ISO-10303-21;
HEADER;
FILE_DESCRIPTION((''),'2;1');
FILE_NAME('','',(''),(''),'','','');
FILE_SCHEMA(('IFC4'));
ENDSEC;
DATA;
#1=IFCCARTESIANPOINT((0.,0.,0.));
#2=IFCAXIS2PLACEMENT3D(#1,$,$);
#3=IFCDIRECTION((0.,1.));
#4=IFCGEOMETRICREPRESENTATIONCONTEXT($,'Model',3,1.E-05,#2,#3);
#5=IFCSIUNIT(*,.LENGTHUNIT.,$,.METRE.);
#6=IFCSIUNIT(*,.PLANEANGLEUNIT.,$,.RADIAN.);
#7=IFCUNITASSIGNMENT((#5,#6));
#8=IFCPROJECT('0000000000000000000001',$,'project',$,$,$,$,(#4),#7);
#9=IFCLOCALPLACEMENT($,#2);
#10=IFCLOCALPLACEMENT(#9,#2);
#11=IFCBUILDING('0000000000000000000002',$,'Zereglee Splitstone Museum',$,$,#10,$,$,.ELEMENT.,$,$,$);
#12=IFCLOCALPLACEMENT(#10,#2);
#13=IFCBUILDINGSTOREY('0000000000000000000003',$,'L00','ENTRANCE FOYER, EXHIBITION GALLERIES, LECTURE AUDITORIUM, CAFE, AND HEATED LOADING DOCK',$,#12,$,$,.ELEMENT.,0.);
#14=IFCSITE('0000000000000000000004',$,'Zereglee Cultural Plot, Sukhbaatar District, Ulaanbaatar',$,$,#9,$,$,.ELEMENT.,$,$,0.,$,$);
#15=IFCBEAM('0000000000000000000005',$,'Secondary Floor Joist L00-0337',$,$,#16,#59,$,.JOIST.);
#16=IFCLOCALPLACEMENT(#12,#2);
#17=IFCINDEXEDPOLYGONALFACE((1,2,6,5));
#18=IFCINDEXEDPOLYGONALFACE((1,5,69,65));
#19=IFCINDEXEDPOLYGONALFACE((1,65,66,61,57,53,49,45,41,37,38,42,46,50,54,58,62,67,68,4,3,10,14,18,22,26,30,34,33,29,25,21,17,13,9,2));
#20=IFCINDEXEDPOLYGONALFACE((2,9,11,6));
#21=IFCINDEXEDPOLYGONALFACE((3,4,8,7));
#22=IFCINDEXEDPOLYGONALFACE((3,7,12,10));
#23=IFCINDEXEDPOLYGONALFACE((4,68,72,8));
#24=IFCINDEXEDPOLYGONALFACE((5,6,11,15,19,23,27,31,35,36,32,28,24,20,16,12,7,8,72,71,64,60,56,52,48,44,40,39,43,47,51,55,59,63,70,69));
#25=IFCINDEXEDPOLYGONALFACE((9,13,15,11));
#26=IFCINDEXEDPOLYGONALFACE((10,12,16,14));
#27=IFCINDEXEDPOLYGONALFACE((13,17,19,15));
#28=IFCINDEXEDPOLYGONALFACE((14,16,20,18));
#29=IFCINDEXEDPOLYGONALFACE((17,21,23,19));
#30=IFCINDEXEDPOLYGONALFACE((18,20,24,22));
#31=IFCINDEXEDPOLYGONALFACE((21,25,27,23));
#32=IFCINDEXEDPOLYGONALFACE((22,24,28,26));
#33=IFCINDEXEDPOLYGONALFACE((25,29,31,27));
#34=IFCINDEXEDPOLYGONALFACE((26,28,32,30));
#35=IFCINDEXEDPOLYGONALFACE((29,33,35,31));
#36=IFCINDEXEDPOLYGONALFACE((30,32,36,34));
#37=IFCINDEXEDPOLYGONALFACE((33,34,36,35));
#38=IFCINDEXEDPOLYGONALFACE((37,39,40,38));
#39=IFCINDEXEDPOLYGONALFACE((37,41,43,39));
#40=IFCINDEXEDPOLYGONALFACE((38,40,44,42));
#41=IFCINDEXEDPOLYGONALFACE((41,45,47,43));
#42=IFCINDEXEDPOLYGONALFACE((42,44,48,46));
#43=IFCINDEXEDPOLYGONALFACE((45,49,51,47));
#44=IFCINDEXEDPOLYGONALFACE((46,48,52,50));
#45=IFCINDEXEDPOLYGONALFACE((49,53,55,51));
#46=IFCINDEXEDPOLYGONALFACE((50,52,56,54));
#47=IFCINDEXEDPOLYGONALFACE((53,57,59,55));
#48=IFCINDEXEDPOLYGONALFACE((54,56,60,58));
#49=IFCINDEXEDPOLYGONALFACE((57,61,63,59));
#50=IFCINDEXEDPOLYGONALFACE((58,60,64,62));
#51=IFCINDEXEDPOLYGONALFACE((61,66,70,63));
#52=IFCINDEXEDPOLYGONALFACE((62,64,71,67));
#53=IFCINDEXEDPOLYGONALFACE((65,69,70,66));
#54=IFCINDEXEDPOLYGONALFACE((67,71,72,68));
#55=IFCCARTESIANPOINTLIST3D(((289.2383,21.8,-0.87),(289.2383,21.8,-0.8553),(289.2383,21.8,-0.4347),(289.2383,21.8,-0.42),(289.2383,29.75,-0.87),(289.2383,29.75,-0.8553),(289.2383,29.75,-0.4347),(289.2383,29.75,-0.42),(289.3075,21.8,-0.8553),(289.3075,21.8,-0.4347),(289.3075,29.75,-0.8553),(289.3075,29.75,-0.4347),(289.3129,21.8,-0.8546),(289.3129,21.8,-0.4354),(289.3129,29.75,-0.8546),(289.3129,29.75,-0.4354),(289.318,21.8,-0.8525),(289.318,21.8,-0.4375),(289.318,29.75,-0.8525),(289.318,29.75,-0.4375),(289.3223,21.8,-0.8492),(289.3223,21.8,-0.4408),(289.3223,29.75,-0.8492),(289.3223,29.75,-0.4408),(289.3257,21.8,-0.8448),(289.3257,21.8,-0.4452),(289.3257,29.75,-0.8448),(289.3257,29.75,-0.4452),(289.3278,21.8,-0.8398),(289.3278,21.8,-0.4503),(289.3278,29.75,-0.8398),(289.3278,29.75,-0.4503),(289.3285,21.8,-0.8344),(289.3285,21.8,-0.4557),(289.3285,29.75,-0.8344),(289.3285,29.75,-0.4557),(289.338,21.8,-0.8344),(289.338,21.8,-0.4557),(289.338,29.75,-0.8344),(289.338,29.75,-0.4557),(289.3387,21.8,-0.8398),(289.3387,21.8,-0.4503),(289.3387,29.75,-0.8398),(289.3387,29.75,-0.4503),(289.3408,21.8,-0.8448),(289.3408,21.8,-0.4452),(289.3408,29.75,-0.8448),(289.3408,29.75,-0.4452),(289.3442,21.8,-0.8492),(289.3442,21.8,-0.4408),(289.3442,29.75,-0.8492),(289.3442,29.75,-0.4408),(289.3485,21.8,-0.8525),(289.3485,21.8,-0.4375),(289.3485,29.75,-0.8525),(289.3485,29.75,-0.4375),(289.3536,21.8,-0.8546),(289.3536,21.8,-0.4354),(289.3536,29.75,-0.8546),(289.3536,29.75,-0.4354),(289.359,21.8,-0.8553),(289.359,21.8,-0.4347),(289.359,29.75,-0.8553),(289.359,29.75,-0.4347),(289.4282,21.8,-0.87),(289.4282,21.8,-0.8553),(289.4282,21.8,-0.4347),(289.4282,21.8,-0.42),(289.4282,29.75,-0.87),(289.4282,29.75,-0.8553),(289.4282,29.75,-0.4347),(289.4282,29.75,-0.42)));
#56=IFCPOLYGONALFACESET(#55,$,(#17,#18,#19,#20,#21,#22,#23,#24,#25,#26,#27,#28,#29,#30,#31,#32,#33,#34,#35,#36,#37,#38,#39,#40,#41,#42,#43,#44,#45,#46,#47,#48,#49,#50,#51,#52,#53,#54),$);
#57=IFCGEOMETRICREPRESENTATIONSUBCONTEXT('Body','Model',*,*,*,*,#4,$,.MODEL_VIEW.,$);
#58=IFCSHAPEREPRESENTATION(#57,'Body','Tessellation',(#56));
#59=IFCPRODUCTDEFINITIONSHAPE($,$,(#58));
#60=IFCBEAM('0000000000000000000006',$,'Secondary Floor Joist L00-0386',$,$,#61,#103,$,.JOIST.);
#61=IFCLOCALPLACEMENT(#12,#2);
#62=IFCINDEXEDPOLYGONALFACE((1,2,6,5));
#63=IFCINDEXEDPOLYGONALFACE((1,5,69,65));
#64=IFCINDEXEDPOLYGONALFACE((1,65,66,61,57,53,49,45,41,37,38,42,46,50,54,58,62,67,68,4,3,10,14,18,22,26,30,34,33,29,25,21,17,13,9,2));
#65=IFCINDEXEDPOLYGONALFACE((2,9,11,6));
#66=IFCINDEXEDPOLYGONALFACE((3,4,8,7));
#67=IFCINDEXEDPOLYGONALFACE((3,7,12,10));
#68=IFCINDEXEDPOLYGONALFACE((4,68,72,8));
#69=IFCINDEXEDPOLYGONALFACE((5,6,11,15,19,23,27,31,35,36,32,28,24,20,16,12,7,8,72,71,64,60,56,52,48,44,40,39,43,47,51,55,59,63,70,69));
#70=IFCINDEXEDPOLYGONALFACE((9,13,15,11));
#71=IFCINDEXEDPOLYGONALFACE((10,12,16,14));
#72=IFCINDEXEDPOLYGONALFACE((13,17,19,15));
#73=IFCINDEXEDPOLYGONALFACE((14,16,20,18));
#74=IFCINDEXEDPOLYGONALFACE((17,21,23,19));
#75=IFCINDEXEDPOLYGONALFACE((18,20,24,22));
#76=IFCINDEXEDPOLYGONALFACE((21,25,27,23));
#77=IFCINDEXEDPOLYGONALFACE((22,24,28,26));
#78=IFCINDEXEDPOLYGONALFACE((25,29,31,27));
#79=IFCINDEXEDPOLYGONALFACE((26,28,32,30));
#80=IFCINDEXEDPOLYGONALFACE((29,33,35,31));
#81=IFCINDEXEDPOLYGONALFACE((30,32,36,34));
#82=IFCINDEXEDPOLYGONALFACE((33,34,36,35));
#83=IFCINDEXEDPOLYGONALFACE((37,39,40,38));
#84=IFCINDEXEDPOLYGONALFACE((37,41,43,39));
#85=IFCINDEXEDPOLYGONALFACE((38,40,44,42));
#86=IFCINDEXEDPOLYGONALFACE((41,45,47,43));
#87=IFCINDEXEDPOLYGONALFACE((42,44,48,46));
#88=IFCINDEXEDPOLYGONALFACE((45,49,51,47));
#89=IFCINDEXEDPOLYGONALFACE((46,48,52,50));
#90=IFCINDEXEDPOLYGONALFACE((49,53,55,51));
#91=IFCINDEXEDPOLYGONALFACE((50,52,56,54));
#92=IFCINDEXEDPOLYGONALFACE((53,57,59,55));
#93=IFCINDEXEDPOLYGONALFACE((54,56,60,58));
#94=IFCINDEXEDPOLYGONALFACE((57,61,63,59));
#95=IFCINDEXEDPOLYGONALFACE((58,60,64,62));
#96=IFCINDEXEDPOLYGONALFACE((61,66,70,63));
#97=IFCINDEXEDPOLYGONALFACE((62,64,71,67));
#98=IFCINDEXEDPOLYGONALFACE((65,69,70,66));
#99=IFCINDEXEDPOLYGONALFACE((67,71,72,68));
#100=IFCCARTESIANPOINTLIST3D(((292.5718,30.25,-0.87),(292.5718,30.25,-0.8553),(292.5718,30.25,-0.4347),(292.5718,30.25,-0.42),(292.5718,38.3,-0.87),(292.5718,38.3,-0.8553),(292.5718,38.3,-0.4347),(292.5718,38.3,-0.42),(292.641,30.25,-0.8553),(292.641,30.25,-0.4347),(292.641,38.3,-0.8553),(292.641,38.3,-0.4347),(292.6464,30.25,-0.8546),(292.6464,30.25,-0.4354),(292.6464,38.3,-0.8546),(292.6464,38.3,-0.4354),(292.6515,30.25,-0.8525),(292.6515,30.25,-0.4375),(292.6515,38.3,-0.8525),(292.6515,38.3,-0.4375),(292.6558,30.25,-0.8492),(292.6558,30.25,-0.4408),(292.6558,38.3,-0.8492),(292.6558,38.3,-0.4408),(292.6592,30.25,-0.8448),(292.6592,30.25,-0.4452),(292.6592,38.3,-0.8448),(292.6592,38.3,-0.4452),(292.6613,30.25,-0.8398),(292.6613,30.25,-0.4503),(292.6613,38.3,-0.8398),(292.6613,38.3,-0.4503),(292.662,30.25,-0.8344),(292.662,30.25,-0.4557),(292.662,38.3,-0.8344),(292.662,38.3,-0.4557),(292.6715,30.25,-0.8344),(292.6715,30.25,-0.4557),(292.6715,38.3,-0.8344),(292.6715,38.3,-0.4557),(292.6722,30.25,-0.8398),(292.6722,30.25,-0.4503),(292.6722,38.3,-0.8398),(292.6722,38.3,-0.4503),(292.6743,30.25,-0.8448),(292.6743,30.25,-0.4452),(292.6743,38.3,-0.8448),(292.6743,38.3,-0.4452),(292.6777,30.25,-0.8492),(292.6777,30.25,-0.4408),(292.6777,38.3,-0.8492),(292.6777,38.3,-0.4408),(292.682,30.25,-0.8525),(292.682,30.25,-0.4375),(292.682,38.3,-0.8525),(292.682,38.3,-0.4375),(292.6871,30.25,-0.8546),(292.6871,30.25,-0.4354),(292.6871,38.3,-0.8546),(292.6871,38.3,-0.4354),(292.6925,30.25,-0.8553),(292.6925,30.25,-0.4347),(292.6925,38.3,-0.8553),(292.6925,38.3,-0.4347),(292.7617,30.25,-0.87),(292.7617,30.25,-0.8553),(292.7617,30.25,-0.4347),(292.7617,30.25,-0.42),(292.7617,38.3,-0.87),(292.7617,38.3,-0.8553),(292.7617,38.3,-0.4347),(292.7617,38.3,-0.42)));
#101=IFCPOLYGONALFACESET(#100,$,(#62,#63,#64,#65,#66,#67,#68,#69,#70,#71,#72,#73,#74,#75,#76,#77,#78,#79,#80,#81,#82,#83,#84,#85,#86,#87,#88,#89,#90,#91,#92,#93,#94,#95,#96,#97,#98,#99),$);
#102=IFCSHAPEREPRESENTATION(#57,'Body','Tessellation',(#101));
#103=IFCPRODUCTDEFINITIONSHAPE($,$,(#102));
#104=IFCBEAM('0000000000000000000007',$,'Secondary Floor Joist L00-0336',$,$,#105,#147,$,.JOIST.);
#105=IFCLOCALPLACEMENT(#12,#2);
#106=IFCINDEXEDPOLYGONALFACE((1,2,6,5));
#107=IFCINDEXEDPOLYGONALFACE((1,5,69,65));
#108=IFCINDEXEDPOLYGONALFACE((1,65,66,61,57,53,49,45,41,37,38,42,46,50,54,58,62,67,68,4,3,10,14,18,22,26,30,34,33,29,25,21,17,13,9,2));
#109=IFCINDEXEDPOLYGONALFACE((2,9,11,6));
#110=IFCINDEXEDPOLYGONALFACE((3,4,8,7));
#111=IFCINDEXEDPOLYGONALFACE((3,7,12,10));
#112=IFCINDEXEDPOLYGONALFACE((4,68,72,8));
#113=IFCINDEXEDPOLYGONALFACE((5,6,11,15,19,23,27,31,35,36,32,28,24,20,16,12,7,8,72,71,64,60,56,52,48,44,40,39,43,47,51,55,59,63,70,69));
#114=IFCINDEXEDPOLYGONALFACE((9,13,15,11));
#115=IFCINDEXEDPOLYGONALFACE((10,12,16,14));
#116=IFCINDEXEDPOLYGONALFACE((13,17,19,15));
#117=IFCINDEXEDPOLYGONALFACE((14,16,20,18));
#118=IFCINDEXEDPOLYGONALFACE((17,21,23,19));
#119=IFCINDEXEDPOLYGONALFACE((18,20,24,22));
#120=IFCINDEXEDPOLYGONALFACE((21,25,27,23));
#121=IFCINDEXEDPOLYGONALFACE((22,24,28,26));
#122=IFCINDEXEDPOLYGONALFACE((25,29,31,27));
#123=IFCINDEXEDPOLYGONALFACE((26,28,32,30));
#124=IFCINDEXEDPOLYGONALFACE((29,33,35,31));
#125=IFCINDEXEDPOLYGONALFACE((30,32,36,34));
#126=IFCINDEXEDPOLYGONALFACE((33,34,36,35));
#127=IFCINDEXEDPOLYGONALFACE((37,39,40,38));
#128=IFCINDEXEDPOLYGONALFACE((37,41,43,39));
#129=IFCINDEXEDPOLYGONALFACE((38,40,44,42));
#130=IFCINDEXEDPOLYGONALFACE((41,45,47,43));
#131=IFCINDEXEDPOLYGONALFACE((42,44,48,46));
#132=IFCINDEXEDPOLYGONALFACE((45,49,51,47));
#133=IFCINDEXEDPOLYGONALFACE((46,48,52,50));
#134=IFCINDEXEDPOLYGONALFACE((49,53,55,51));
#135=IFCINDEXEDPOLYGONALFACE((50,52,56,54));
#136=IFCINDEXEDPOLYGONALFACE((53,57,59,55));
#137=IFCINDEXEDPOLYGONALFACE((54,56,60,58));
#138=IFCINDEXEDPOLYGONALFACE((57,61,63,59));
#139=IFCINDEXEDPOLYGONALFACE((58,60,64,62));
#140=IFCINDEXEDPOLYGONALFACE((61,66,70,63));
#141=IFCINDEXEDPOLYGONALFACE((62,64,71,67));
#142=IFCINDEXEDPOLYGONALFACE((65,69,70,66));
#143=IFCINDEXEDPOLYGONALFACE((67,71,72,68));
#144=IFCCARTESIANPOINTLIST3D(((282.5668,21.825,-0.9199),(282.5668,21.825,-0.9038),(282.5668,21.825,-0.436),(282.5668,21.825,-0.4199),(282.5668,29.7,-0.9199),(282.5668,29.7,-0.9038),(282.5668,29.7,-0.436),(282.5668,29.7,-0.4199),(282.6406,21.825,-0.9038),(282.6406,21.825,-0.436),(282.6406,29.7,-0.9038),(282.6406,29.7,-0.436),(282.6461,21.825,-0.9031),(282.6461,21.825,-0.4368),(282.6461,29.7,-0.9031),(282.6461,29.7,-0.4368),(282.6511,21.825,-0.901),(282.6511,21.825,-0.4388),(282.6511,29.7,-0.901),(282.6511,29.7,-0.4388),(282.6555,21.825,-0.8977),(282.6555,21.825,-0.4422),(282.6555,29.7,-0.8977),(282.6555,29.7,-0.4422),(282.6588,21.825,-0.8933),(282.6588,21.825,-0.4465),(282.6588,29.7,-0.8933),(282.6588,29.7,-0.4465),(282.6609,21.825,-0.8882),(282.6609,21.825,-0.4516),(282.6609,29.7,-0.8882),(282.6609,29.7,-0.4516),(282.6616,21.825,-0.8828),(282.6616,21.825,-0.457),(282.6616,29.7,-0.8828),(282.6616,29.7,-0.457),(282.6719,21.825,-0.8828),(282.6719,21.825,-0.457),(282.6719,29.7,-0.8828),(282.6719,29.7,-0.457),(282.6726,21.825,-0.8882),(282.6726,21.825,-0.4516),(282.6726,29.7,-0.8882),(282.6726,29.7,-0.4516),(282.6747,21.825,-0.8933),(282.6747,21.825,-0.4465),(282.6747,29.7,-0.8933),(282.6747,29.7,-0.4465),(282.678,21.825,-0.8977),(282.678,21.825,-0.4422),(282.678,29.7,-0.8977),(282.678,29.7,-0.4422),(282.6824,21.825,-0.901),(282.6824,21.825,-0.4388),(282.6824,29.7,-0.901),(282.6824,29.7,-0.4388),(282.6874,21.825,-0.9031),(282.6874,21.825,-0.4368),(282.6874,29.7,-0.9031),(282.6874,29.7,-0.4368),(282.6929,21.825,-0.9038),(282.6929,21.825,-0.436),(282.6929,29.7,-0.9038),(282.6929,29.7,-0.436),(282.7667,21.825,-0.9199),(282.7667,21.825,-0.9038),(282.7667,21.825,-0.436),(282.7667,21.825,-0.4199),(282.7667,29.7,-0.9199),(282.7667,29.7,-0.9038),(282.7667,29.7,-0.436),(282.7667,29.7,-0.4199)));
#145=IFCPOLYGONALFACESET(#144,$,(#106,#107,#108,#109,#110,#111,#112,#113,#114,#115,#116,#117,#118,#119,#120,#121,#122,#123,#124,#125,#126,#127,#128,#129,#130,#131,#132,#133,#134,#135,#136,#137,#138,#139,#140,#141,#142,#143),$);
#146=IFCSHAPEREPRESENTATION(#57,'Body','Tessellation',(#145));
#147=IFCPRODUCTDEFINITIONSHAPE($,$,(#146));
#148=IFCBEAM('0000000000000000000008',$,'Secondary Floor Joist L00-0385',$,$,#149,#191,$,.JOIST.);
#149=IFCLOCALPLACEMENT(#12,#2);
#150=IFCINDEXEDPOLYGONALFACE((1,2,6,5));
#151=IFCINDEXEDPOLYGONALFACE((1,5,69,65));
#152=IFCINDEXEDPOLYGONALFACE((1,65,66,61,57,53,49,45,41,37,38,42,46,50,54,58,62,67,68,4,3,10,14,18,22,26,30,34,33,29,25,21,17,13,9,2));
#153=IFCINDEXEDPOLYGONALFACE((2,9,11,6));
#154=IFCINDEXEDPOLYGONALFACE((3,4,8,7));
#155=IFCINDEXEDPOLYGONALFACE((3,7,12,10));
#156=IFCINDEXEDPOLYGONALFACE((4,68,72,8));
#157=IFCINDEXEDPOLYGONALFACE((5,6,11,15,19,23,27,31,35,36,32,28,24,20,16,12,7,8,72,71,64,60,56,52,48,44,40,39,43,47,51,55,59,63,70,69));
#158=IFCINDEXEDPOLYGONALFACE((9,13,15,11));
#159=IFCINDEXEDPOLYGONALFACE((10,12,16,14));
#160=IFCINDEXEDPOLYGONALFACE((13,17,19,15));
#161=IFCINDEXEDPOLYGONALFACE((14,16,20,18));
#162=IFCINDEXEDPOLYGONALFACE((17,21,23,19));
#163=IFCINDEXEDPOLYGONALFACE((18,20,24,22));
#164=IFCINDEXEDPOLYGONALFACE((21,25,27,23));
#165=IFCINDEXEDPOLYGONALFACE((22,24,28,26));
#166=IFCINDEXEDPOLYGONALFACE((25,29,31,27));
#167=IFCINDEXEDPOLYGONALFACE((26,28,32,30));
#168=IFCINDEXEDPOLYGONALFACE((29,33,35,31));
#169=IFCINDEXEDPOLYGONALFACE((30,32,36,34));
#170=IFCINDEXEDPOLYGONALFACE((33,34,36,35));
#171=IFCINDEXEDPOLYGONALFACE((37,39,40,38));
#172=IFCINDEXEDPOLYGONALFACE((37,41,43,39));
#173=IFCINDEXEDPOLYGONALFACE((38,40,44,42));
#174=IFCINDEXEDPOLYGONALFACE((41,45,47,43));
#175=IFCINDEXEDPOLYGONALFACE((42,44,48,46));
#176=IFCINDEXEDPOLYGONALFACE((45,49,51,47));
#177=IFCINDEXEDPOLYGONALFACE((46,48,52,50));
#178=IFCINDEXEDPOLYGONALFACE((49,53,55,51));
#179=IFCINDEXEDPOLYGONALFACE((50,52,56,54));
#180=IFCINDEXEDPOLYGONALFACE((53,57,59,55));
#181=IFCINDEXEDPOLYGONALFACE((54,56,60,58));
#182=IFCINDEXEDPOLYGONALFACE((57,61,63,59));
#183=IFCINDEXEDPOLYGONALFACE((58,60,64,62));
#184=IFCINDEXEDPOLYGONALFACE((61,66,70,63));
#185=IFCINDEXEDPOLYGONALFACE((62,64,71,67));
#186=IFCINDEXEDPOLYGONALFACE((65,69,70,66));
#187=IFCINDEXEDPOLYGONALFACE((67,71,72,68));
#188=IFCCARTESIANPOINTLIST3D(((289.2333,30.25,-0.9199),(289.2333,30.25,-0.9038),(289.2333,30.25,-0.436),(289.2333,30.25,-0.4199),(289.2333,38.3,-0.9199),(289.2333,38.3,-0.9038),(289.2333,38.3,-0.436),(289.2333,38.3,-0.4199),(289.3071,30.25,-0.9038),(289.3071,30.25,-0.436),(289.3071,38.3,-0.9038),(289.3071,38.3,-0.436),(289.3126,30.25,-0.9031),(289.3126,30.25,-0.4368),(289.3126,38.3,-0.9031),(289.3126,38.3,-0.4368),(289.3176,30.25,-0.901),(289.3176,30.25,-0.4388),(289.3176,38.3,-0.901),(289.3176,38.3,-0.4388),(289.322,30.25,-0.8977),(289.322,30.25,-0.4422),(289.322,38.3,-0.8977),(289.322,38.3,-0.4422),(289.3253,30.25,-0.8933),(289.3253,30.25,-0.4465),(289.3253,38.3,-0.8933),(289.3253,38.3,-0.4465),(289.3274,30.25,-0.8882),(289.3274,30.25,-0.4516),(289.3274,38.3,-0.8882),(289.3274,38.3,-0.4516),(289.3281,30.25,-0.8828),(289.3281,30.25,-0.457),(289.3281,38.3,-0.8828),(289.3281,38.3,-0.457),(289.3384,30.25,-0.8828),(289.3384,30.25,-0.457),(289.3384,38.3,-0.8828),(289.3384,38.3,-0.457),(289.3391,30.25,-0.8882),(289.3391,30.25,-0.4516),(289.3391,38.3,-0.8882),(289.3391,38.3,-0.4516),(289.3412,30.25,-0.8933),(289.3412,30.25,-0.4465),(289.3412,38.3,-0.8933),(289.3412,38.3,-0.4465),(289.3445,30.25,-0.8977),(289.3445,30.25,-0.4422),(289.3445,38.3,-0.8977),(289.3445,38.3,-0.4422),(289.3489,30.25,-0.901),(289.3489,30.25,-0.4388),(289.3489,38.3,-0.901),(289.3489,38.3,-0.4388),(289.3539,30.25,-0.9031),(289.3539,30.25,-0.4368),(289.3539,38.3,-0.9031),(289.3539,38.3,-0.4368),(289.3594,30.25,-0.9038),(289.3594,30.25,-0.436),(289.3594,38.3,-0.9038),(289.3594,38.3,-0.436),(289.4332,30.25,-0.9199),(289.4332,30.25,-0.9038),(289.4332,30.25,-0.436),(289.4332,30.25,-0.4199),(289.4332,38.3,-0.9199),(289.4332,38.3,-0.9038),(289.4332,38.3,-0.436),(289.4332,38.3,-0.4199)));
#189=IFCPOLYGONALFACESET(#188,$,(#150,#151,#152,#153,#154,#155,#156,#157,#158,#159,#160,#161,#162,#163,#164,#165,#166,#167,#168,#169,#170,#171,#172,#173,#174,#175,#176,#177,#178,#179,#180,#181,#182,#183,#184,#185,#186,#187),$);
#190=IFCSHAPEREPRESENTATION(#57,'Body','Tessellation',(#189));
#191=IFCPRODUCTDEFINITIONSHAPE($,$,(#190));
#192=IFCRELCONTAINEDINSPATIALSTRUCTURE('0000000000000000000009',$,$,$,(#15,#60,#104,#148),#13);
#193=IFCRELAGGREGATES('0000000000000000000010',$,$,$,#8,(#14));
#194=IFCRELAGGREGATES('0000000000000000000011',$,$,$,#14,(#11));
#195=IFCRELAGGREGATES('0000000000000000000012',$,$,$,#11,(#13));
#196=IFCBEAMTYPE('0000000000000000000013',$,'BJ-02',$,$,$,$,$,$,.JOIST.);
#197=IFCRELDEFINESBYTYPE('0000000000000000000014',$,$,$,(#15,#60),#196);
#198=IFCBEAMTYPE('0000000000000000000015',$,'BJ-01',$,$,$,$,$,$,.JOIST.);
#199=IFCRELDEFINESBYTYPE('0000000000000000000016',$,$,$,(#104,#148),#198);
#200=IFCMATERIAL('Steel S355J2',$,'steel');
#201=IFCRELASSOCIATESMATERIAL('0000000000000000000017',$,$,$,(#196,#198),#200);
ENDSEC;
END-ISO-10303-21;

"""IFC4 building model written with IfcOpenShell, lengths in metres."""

from ifc_helpers import new_model, si_unit, direction, frame, origin, origin_2d, place, context, subcontext, project, spatial, i_section, extrude, material, material_profile, profile_set, type_object, element, save


model = new_model("IFC4")

# Units and contexts
model_context = context("Model", 3, precision=1e-05, world=origin(), true_north=direction((0.0, 1.0)))
body_context = subcontext(model_context, "Body", "Model", "MODEL_VIEW")
ifc_project = project(units=[si_unit("LENGTHUNIT", "METRE"), si_unit("PLANEANGLEUNIT", "RADIAN")], contexts=[model_context])

# Site, building, storey
site_placement = place(None, origin())
site = spatial("IfcSite", under=ifc_project, at=site_placement, Name="Zereglee Cultural Plot, Sukhbaatar District, Ulaanbaatar", CompositionType="ELEMENT", RefElevation=0.0)
building_placement = place(site_placement, origin())
building = spatial("IfcBuilding", under=site, at=building_placement, Name="Zereglee Splitstone Museum", CompositionType="ELEMENT")
storey_placement = place(building_placement, origin())
storey = spatial("IfcBuildingStorey", under=building, at=storey_placement, Name="L00", Description="ENTRANCE FOYER, EXHIBITION GALLERIES, LECTURE AUDITORIUM, CAFE, AND HEATED LOADING DOCK", CompositionType="ELEMENT", Elevation=0.0)

# Beams
ifc_material_1 = material(Name="Steel S355J2", Category="steel")
ifc_material_profile_1 = material_profile(ifc_material_1, i_section(OverallWidth=0.1899, OverallDepth=0.45, WebThickness=0.0095, FlangeThickness=0.0146, FilletRadius=0.021, at=origin_2d()), Name="IPE 450")
ifc_profile_set_1 = profile_set([ifc_material_profile_1], Name="Steel S355J2")
beam_type_1 = type_object("IfcBeamType", Name="BJ-02", PredefinedType="JOIST", material=ifc_profile_set_1)
beam_1_placement = place(storey_placement, frame((289.3333, 21.8, -0.645), z_axis=(0.0, 1.0, 0.0), x_axis=(-1.0, 0.0, 0.0)))
element("IfcBeam", 1, at=beam_1_placement, inside=storey, type_object=beam_type_1, Name="Secondary Floor Joist L00-0337", PredefinedType="JOIST", context=body_context, shape_type="SweptSolid", body=[
    extrude(i_section(OverallWidth=0.1899, OverallDepth=0.45, WebThickness=0.0095, FlangeThickness=0.0146, FilletRadius=0.021, at=origin_2d()), origin(), (0.0, 0.0, 1.0), 7.95),
])
beam_2_placement = place(storey_placement, frame((292.6667, 30.25, -0.645), z_axis=(0.0, 1.0, 0.0), x_axis=(-1.0, 0.0, 0.0)))
element("IfcBeam", 2, at=beam_2_placement, inside=storey, type_object=beam_type_1, Name="Secondary Floor Joist L00-0386", PredefinedType="JOIST", context=body_context, shape_type="SweptSolid", body=[
    extrude(i_section(OverallWidth=0.1899, OverallDepth=0.45, WebThickness=0.0095, FlangeThickness=0.0146, FilletRadius=0.021, at=origin_2d()), origin(), (0.0, 0.0, 1.0), 8.05),
])
ifc_material_profile_2 = material_profile(ifc_material_1, i_section(OverallWidth=0.2, OverallDepth=0.5, WebThickness=0.0103, FlangeThickness=0.0161, FilletRadius=0.021, at=origin_2d()), Name="IPE 500")
ifc_profile_set_2 = profile_set([ifc_material_profile_2], Name="Steel S355J2")
beam_type_2 = type_object("IfcBeamType", Name="BJ-01", PredefinedType="JOIST", material=ifc_profile_set_2)
beam_3_placement = place(storey_placement, frame((282.6667, 21.825, -0.6699), z_axis=(0.0, 1.0, 0.0), x_axis=(-1.0, 0.0, 0.0)))
element("IfcBeam", 3, at=beam_3_placement, inside=storey, type_object=beam_type_2, Name="Secondary Floor Joist L00-0336", PredefinedType="JOIST", context=body_context, shape_type="SweptSolid", body=[
    extrude(i_section(OverallWidth=0.2, OverallDepth=0.5, WebThickness=0.0103, FlangeThickness=0.0161, FilletRadius=0.021, at=origin_2d()), origin(), (0.0, 0.0, 1.0), 7.875),
])
beam_4_placement = place(storey_placement, frame((289.3333, 30.25, -0.6699), z_axis=(0.0, 1.0, 0.0), x_axis=(-1.0, 0.0, 0.0)))
element("IfcBeam", 4, at=beam_4_placement, inside=storey, type_object=beam_type_2, Name="Secondary Floor Joist L00-0385", PredefinedType="JOIST", context=body_context, shape_type="SweptSolid", body=[
    extrude(i_section(OverallWidth=0.2, OverallDepth=0.5, WebThickness=0.0103, FlangeThickness=0.0161, FilletRadius=0.021, at=origin_2d()), origin(), (0.0, 0.0, 1.0), 8.05),
])

save(model, "model.ifc")
